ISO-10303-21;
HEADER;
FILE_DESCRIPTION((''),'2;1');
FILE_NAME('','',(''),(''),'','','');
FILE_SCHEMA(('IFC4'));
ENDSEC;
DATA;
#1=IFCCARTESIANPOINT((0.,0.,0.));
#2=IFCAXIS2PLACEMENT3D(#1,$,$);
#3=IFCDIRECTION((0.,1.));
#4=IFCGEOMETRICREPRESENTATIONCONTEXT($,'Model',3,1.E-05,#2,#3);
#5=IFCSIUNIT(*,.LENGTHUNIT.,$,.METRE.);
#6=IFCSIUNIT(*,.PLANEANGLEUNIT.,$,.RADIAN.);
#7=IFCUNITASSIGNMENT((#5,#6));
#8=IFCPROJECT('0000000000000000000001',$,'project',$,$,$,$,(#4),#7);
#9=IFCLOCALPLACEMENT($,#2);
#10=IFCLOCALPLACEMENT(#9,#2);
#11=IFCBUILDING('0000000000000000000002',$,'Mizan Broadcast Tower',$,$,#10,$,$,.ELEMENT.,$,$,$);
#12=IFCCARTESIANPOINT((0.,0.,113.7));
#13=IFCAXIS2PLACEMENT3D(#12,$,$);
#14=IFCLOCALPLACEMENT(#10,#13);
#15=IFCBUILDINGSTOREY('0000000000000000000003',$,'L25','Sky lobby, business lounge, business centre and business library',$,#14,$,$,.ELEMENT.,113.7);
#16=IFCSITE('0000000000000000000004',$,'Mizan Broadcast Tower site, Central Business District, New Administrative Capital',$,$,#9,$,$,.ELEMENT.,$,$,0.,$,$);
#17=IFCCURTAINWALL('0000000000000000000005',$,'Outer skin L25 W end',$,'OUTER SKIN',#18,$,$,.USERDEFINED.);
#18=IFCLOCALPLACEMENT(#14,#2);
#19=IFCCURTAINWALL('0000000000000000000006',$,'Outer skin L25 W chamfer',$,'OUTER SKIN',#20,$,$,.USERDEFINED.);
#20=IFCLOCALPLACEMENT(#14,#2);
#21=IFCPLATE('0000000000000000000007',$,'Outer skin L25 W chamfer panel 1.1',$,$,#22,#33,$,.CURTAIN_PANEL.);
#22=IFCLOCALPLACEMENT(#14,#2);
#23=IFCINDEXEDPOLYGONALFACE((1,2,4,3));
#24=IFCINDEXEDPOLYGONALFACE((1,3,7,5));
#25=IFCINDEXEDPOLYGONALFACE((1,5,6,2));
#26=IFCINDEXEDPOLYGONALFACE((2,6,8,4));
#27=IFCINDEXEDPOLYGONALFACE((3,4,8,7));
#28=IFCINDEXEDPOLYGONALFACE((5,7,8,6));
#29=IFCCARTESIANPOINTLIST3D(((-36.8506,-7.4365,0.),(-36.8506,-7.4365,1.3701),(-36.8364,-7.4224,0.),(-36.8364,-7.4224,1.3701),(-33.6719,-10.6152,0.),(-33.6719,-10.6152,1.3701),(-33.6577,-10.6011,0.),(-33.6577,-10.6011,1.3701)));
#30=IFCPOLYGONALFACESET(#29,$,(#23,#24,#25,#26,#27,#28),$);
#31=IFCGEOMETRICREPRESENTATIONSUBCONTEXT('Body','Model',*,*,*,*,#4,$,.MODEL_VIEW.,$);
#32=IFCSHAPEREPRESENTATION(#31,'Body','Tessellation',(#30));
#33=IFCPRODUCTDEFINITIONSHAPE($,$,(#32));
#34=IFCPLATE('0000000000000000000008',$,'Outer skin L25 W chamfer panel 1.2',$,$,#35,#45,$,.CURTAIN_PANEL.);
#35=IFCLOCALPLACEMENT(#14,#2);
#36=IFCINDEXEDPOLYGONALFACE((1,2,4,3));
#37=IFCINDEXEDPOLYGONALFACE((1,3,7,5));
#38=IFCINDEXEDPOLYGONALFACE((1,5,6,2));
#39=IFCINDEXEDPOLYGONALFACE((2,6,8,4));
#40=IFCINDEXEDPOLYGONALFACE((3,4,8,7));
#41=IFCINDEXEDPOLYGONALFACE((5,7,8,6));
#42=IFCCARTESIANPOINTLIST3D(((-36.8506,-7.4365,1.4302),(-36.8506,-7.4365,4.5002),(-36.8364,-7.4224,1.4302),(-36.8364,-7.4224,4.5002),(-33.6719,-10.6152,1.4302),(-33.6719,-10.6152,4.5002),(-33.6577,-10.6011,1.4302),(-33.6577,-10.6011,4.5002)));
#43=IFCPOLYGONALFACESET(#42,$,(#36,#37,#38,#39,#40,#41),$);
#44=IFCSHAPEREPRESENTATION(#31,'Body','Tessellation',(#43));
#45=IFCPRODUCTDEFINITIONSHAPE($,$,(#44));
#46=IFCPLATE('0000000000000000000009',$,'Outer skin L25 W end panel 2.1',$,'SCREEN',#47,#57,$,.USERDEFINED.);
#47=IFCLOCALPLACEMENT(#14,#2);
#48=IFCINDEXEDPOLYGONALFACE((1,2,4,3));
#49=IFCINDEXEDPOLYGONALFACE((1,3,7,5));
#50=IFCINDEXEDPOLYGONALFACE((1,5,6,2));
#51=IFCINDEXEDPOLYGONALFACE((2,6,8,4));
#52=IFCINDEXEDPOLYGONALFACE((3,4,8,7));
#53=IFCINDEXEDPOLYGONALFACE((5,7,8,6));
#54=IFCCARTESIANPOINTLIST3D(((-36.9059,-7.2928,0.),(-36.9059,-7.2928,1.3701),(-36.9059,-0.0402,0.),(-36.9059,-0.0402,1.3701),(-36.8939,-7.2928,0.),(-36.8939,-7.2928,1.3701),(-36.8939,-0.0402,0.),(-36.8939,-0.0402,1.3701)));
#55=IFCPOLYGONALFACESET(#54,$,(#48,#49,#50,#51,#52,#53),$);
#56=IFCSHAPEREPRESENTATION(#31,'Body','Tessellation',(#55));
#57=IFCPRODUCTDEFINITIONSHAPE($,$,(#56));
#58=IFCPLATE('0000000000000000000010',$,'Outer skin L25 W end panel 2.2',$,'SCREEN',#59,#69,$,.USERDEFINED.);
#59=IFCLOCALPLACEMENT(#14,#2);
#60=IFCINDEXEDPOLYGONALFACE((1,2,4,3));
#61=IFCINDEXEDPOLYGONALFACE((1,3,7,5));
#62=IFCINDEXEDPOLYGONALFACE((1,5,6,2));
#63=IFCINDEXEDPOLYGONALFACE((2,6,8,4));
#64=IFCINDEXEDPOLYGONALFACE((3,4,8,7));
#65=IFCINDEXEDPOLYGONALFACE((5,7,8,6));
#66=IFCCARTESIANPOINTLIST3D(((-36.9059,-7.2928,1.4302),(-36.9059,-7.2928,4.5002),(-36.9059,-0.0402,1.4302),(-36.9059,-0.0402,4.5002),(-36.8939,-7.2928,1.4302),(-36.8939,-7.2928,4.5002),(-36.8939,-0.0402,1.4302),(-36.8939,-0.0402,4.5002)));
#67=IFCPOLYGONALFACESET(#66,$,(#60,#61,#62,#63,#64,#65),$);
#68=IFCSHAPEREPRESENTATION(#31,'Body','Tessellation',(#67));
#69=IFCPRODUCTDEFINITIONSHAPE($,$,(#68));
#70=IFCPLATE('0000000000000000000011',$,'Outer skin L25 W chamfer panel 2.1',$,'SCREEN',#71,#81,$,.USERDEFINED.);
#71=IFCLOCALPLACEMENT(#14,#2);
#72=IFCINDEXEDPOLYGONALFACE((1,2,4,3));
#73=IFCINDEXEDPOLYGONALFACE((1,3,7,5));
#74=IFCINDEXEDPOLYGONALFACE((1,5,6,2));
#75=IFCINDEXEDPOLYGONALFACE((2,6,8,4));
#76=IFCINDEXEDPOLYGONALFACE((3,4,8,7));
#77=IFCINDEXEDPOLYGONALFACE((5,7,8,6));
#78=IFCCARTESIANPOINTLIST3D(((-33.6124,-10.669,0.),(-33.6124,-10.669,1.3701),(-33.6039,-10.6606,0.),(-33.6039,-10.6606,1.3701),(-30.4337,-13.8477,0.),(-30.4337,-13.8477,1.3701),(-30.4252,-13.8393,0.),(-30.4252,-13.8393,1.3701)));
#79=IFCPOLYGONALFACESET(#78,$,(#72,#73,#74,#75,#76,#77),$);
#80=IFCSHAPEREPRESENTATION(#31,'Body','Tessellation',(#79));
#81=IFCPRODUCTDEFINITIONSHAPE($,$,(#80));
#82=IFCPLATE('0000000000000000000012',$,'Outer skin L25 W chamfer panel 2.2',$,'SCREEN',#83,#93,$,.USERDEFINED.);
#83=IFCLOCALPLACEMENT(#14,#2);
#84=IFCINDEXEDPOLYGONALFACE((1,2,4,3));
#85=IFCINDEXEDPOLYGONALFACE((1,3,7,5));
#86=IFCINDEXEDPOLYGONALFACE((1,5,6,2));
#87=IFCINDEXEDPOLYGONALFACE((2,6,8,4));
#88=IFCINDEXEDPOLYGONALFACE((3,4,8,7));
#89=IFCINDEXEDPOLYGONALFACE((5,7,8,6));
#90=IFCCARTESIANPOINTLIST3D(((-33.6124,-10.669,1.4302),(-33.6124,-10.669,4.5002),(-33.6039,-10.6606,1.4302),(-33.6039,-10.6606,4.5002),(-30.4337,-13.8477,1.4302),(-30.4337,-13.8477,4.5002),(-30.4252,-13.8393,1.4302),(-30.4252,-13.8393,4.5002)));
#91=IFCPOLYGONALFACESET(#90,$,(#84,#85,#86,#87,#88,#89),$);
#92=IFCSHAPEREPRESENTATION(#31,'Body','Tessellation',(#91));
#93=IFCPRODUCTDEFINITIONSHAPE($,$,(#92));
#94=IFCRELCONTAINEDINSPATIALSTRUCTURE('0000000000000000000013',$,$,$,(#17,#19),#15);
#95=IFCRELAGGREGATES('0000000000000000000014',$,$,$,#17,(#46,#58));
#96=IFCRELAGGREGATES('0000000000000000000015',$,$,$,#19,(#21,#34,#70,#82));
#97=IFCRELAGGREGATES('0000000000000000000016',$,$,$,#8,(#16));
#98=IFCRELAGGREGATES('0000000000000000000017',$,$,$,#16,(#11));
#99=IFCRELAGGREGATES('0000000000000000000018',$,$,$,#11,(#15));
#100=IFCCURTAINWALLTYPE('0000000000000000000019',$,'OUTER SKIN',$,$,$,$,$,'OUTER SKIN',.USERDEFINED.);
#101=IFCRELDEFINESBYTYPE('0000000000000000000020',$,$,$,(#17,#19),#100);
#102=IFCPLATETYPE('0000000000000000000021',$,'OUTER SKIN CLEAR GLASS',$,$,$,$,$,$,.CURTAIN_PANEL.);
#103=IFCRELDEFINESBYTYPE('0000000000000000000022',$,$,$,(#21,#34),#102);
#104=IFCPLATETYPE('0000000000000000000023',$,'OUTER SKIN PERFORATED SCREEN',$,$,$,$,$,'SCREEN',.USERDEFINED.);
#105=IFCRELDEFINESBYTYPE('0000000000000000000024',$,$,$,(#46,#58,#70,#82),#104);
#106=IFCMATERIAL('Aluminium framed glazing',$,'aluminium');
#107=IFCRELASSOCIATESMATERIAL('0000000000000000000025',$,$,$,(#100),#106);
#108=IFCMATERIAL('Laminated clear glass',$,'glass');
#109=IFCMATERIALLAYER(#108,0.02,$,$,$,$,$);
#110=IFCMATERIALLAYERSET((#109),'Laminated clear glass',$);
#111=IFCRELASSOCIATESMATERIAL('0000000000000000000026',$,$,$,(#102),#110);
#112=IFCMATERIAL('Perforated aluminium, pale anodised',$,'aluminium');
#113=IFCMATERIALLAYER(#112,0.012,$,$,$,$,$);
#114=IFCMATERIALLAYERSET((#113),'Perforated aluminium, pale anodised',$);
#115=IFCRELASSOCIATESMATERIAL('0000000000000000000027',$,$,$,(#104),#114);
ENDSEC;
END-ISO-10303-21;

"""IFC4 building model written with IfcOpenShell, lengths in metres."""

from ifc_helpers import new_model, si_unit, direction, frame, origin, origin_2d, place, context, subcontext, project, spatial, rectangle, extrude, material, layer, layer_set, type_object, element, aggregate, save


model = new_model("IFC4")

# Units and contexts
model_context = context("Model", 3, precision=1e-05, world=origin(), true_north=direction((0.0, 1.0)))
body_context = subcontext(model_context, "Body", "Model", "MODEL_VIEW")
ifc_project = project(units=[si_unit("LENGTHUNIT", "METRE"), si_unit("PLANEANGLEUNIT", "RADIAN")], contexts=[model_context])

# Site, building, storey
site_placement = place(None, origin())
site = spatial("IfcSite", under=ifc_project, at=site_placement, Name="Mizan Broadcast Tower site, Central Business District, New Administrative Capital", CompositionType="ELEMENT", RefElevation=0.0)
building_placement = place(site_placement, origin())
building = spatial("IfcBuilding", under=site, at=building_placement, Name="Mizan Broadcast Tower", CompositionType="ELEMENT")
storey_placement = place(building_placement, frame((0.0, 0.0, 113.7)))
storey = spatial("IfcBuildingStorey", under=building, at=storey_placement, Name="L25", Description="Sky lobby, business lounge, business centre and business library", CompositionType="ELEMENT", Elevation=113.7)

# Curtain wall
ifc_material_1 = material(Name="Aluminium framed glazing", Category="aluminium")
curtain_wall_type_1 = type_object("IfcCurtainWallType", Name="OUTER SKIN", ElementType="OUTER SKIN", PredefinedType="USERDEFINED", material=ifc_material_1)
curtain_wall_1_placement = place(storey_placement, origin())
curtain_wall_1 = element("IfcCurtainWall", 1, at=curtain_wall_1_placement, inside=storey, type_object=curtain_wall_type_1, Name="Outer skin L25 W end", ObjectType="OUTER SKIN", PredefinedType="USERDEFINED")

# Curtain wall
curtain_wall_2_placement = place(storey_placement, origin())
curtain_wall_2 = element("IfcCurtainWall", 2, at=curtain_wall_2_placement, inside=storey, type_object=curtain_wall_type_1, Name="Outer skin L25 W chamfer", ObjectType="OUTER SKIN", PredefinedType="USERDEFINED")

# Plates
ifc_material_2 = material(Name="Laminated clear glass", Category="glass")
ifc_layer_1 = layer(ifc_material_2, 0.02)
ifc_layer_set_1 = layer_set([ifc_layer_1], Name="Laminated clear glass")
plate_type_1 = type_object("IfcPlateType", Name="OUTER SKIN CLEAR GLASS", PredefinedType="CURTAIN_PANEL", material=ifc_layer_set_1)
plate_1_placement = place(storey_placement, frame((-35.2542, -9.0188, 0.0), z_axis=(0.0, 0.0, 1.0), x_axis=(0.707107, -0.707107, 0.0)))
plate_1 = element("IfcPlate", 3, at=plate_1_placement, type_object=plate_type_1, Name="Outer skin L25 W chamfer panel 1.1", PredefinedType="CURTAIN_PANEL", context=body_context, shape_type="SweptSolid", body=[
    extrude(rectangle(XDim=4.4954, YDim=0.02, at=origin_2d()), origin(), (0.0, 0.0, 1.0), 1.3701),
])
plate_2_placement = place(storey_placement, frame((-35.2542, -9.0188, 1.4302), z_axis=(0.0, 0.0, 1.0), x_axis=(0.707107, -0.707107, 0.0)))
plate_2 = element("IfcPlate", 4, at=plate_2_placement, type_object=plate_type_1, Name="Outer skin L25 W chamfer panel 1.2", PredefinedType="CURTAIN_PANEL", context=body_context, shape_type="SweptSolid", body=[
    extrude(rectangle(XDim=4.4954, YDim=0.02, at=origin_2d()), origin(), (0.0, 0.0, 1.0), 3.0701),
])
ifc_material_3 = material(Name="Perforated aluminium, pale anodised", Category="aluminium")
ifc_layer_2 = layer(ifc_material_3, 0.012)
ifc_layer_set_2 = layer_set([ifc_layer_2], Name="Perforated aluminium, pale anodised")
plate_type_2 = type_object("IfcPlateType", Name="OUTER SKIN PERFORATED SCREEN", ElementType="SCREEN", PredefinedType="USERDEFINED", material=ifc_layer_set_2)
plate_3_placement = place(storey_placement, frame((-36.8999, -3.6665, 0.0), z_axis=(0.0, 0.0, 1.0), x_axis=(0.0, -1.0, 0.0)))
plate_3 = element("IfcPlate", 5, at=plate_3_placement, type_object=plate_type_2, Name="Outer skin L25 W end panel 2.1", ObjectType="SCREEN", PredefinedType="USERDEFINED", context=body_context, shape_type="SweptSolid", body=[
    extrude(rectangle(XDim=7.2527, YDim=0.012, at=origin_2d()), origin(), (0.0, 0.0, 1.0), 1.3701),
])
plate_4_placement = place(storey_placement, frame((-36.8999, -3.6665, 1.4302), z_axis=(0.0, 0.0, 1.0), x_axis=(0.0, -1.0, 0.0)))
plate_4 = element("IfcPlate", 6, at=plate_4_placement, type_object=plate_type_2, Name="Outer skin L25 W end panel 2.2", ObjectType="SCREEN", PredefinedType="USERDEFINED", context=body_context, shape_type="SweptSolid", body=[
    extrude(rectangle(XDim=7.2527, YDim=0.012, at=origin_2d()), origin(), (0.0, 0.0, 1.0), 3.0701),
])
aggregate(curtain_wall_1, [plate_3, plate_4])
plate_5_placement = place(storey_placement, frame((-32.0188, -12.2542, 0.0), z_axis=(0.0, 0.0, 1.0), x_axis=(0.707107, -0.707107, 0.0)))
plate_5 = element("IfcPlate", 7, at=plate_5_placement, type_object=plate_type_2, Name="Outer skin L25 W chamfer panel 2.1", ObjectType="SCREEN", PredefinedType="USERDEFINED", context=body_context, shape_type="SweptSolid", body=[
    extrude(rectangle(XDim=4.4954, YDim=0.012, at=origin_2d()), origin(), (0.0, 0.0, 1.0), 1.3701),
])
plate_6_placement = place(storey_placement, frame((-32.0188, -12.2542, 1.4302), z_axis=(0.0, 0.0, 1.0), x_axis=(0.707107, -0.707107, 0.0)))
plate_6 = element("IfcPlate", 8, at=plate_6_placement, type_object=plate_type_2, Name="Outer skin L25 W chamfer panel 2.2", ObjectType="SCREEN", PredefinedType="USERDEFINED", context=body_context, shape_type="SweptSolid", body=[
    extrude(rectangle(XDim=4.4954, YDim=0.012, at=origin_2d()), origin(), (0.0, 0.0, 1.0), 3.0701),
])
aggregate(curtain_wall_2, [plate_1, plate_2, plate_5, plate_6])

save(model, "model.ifc")
